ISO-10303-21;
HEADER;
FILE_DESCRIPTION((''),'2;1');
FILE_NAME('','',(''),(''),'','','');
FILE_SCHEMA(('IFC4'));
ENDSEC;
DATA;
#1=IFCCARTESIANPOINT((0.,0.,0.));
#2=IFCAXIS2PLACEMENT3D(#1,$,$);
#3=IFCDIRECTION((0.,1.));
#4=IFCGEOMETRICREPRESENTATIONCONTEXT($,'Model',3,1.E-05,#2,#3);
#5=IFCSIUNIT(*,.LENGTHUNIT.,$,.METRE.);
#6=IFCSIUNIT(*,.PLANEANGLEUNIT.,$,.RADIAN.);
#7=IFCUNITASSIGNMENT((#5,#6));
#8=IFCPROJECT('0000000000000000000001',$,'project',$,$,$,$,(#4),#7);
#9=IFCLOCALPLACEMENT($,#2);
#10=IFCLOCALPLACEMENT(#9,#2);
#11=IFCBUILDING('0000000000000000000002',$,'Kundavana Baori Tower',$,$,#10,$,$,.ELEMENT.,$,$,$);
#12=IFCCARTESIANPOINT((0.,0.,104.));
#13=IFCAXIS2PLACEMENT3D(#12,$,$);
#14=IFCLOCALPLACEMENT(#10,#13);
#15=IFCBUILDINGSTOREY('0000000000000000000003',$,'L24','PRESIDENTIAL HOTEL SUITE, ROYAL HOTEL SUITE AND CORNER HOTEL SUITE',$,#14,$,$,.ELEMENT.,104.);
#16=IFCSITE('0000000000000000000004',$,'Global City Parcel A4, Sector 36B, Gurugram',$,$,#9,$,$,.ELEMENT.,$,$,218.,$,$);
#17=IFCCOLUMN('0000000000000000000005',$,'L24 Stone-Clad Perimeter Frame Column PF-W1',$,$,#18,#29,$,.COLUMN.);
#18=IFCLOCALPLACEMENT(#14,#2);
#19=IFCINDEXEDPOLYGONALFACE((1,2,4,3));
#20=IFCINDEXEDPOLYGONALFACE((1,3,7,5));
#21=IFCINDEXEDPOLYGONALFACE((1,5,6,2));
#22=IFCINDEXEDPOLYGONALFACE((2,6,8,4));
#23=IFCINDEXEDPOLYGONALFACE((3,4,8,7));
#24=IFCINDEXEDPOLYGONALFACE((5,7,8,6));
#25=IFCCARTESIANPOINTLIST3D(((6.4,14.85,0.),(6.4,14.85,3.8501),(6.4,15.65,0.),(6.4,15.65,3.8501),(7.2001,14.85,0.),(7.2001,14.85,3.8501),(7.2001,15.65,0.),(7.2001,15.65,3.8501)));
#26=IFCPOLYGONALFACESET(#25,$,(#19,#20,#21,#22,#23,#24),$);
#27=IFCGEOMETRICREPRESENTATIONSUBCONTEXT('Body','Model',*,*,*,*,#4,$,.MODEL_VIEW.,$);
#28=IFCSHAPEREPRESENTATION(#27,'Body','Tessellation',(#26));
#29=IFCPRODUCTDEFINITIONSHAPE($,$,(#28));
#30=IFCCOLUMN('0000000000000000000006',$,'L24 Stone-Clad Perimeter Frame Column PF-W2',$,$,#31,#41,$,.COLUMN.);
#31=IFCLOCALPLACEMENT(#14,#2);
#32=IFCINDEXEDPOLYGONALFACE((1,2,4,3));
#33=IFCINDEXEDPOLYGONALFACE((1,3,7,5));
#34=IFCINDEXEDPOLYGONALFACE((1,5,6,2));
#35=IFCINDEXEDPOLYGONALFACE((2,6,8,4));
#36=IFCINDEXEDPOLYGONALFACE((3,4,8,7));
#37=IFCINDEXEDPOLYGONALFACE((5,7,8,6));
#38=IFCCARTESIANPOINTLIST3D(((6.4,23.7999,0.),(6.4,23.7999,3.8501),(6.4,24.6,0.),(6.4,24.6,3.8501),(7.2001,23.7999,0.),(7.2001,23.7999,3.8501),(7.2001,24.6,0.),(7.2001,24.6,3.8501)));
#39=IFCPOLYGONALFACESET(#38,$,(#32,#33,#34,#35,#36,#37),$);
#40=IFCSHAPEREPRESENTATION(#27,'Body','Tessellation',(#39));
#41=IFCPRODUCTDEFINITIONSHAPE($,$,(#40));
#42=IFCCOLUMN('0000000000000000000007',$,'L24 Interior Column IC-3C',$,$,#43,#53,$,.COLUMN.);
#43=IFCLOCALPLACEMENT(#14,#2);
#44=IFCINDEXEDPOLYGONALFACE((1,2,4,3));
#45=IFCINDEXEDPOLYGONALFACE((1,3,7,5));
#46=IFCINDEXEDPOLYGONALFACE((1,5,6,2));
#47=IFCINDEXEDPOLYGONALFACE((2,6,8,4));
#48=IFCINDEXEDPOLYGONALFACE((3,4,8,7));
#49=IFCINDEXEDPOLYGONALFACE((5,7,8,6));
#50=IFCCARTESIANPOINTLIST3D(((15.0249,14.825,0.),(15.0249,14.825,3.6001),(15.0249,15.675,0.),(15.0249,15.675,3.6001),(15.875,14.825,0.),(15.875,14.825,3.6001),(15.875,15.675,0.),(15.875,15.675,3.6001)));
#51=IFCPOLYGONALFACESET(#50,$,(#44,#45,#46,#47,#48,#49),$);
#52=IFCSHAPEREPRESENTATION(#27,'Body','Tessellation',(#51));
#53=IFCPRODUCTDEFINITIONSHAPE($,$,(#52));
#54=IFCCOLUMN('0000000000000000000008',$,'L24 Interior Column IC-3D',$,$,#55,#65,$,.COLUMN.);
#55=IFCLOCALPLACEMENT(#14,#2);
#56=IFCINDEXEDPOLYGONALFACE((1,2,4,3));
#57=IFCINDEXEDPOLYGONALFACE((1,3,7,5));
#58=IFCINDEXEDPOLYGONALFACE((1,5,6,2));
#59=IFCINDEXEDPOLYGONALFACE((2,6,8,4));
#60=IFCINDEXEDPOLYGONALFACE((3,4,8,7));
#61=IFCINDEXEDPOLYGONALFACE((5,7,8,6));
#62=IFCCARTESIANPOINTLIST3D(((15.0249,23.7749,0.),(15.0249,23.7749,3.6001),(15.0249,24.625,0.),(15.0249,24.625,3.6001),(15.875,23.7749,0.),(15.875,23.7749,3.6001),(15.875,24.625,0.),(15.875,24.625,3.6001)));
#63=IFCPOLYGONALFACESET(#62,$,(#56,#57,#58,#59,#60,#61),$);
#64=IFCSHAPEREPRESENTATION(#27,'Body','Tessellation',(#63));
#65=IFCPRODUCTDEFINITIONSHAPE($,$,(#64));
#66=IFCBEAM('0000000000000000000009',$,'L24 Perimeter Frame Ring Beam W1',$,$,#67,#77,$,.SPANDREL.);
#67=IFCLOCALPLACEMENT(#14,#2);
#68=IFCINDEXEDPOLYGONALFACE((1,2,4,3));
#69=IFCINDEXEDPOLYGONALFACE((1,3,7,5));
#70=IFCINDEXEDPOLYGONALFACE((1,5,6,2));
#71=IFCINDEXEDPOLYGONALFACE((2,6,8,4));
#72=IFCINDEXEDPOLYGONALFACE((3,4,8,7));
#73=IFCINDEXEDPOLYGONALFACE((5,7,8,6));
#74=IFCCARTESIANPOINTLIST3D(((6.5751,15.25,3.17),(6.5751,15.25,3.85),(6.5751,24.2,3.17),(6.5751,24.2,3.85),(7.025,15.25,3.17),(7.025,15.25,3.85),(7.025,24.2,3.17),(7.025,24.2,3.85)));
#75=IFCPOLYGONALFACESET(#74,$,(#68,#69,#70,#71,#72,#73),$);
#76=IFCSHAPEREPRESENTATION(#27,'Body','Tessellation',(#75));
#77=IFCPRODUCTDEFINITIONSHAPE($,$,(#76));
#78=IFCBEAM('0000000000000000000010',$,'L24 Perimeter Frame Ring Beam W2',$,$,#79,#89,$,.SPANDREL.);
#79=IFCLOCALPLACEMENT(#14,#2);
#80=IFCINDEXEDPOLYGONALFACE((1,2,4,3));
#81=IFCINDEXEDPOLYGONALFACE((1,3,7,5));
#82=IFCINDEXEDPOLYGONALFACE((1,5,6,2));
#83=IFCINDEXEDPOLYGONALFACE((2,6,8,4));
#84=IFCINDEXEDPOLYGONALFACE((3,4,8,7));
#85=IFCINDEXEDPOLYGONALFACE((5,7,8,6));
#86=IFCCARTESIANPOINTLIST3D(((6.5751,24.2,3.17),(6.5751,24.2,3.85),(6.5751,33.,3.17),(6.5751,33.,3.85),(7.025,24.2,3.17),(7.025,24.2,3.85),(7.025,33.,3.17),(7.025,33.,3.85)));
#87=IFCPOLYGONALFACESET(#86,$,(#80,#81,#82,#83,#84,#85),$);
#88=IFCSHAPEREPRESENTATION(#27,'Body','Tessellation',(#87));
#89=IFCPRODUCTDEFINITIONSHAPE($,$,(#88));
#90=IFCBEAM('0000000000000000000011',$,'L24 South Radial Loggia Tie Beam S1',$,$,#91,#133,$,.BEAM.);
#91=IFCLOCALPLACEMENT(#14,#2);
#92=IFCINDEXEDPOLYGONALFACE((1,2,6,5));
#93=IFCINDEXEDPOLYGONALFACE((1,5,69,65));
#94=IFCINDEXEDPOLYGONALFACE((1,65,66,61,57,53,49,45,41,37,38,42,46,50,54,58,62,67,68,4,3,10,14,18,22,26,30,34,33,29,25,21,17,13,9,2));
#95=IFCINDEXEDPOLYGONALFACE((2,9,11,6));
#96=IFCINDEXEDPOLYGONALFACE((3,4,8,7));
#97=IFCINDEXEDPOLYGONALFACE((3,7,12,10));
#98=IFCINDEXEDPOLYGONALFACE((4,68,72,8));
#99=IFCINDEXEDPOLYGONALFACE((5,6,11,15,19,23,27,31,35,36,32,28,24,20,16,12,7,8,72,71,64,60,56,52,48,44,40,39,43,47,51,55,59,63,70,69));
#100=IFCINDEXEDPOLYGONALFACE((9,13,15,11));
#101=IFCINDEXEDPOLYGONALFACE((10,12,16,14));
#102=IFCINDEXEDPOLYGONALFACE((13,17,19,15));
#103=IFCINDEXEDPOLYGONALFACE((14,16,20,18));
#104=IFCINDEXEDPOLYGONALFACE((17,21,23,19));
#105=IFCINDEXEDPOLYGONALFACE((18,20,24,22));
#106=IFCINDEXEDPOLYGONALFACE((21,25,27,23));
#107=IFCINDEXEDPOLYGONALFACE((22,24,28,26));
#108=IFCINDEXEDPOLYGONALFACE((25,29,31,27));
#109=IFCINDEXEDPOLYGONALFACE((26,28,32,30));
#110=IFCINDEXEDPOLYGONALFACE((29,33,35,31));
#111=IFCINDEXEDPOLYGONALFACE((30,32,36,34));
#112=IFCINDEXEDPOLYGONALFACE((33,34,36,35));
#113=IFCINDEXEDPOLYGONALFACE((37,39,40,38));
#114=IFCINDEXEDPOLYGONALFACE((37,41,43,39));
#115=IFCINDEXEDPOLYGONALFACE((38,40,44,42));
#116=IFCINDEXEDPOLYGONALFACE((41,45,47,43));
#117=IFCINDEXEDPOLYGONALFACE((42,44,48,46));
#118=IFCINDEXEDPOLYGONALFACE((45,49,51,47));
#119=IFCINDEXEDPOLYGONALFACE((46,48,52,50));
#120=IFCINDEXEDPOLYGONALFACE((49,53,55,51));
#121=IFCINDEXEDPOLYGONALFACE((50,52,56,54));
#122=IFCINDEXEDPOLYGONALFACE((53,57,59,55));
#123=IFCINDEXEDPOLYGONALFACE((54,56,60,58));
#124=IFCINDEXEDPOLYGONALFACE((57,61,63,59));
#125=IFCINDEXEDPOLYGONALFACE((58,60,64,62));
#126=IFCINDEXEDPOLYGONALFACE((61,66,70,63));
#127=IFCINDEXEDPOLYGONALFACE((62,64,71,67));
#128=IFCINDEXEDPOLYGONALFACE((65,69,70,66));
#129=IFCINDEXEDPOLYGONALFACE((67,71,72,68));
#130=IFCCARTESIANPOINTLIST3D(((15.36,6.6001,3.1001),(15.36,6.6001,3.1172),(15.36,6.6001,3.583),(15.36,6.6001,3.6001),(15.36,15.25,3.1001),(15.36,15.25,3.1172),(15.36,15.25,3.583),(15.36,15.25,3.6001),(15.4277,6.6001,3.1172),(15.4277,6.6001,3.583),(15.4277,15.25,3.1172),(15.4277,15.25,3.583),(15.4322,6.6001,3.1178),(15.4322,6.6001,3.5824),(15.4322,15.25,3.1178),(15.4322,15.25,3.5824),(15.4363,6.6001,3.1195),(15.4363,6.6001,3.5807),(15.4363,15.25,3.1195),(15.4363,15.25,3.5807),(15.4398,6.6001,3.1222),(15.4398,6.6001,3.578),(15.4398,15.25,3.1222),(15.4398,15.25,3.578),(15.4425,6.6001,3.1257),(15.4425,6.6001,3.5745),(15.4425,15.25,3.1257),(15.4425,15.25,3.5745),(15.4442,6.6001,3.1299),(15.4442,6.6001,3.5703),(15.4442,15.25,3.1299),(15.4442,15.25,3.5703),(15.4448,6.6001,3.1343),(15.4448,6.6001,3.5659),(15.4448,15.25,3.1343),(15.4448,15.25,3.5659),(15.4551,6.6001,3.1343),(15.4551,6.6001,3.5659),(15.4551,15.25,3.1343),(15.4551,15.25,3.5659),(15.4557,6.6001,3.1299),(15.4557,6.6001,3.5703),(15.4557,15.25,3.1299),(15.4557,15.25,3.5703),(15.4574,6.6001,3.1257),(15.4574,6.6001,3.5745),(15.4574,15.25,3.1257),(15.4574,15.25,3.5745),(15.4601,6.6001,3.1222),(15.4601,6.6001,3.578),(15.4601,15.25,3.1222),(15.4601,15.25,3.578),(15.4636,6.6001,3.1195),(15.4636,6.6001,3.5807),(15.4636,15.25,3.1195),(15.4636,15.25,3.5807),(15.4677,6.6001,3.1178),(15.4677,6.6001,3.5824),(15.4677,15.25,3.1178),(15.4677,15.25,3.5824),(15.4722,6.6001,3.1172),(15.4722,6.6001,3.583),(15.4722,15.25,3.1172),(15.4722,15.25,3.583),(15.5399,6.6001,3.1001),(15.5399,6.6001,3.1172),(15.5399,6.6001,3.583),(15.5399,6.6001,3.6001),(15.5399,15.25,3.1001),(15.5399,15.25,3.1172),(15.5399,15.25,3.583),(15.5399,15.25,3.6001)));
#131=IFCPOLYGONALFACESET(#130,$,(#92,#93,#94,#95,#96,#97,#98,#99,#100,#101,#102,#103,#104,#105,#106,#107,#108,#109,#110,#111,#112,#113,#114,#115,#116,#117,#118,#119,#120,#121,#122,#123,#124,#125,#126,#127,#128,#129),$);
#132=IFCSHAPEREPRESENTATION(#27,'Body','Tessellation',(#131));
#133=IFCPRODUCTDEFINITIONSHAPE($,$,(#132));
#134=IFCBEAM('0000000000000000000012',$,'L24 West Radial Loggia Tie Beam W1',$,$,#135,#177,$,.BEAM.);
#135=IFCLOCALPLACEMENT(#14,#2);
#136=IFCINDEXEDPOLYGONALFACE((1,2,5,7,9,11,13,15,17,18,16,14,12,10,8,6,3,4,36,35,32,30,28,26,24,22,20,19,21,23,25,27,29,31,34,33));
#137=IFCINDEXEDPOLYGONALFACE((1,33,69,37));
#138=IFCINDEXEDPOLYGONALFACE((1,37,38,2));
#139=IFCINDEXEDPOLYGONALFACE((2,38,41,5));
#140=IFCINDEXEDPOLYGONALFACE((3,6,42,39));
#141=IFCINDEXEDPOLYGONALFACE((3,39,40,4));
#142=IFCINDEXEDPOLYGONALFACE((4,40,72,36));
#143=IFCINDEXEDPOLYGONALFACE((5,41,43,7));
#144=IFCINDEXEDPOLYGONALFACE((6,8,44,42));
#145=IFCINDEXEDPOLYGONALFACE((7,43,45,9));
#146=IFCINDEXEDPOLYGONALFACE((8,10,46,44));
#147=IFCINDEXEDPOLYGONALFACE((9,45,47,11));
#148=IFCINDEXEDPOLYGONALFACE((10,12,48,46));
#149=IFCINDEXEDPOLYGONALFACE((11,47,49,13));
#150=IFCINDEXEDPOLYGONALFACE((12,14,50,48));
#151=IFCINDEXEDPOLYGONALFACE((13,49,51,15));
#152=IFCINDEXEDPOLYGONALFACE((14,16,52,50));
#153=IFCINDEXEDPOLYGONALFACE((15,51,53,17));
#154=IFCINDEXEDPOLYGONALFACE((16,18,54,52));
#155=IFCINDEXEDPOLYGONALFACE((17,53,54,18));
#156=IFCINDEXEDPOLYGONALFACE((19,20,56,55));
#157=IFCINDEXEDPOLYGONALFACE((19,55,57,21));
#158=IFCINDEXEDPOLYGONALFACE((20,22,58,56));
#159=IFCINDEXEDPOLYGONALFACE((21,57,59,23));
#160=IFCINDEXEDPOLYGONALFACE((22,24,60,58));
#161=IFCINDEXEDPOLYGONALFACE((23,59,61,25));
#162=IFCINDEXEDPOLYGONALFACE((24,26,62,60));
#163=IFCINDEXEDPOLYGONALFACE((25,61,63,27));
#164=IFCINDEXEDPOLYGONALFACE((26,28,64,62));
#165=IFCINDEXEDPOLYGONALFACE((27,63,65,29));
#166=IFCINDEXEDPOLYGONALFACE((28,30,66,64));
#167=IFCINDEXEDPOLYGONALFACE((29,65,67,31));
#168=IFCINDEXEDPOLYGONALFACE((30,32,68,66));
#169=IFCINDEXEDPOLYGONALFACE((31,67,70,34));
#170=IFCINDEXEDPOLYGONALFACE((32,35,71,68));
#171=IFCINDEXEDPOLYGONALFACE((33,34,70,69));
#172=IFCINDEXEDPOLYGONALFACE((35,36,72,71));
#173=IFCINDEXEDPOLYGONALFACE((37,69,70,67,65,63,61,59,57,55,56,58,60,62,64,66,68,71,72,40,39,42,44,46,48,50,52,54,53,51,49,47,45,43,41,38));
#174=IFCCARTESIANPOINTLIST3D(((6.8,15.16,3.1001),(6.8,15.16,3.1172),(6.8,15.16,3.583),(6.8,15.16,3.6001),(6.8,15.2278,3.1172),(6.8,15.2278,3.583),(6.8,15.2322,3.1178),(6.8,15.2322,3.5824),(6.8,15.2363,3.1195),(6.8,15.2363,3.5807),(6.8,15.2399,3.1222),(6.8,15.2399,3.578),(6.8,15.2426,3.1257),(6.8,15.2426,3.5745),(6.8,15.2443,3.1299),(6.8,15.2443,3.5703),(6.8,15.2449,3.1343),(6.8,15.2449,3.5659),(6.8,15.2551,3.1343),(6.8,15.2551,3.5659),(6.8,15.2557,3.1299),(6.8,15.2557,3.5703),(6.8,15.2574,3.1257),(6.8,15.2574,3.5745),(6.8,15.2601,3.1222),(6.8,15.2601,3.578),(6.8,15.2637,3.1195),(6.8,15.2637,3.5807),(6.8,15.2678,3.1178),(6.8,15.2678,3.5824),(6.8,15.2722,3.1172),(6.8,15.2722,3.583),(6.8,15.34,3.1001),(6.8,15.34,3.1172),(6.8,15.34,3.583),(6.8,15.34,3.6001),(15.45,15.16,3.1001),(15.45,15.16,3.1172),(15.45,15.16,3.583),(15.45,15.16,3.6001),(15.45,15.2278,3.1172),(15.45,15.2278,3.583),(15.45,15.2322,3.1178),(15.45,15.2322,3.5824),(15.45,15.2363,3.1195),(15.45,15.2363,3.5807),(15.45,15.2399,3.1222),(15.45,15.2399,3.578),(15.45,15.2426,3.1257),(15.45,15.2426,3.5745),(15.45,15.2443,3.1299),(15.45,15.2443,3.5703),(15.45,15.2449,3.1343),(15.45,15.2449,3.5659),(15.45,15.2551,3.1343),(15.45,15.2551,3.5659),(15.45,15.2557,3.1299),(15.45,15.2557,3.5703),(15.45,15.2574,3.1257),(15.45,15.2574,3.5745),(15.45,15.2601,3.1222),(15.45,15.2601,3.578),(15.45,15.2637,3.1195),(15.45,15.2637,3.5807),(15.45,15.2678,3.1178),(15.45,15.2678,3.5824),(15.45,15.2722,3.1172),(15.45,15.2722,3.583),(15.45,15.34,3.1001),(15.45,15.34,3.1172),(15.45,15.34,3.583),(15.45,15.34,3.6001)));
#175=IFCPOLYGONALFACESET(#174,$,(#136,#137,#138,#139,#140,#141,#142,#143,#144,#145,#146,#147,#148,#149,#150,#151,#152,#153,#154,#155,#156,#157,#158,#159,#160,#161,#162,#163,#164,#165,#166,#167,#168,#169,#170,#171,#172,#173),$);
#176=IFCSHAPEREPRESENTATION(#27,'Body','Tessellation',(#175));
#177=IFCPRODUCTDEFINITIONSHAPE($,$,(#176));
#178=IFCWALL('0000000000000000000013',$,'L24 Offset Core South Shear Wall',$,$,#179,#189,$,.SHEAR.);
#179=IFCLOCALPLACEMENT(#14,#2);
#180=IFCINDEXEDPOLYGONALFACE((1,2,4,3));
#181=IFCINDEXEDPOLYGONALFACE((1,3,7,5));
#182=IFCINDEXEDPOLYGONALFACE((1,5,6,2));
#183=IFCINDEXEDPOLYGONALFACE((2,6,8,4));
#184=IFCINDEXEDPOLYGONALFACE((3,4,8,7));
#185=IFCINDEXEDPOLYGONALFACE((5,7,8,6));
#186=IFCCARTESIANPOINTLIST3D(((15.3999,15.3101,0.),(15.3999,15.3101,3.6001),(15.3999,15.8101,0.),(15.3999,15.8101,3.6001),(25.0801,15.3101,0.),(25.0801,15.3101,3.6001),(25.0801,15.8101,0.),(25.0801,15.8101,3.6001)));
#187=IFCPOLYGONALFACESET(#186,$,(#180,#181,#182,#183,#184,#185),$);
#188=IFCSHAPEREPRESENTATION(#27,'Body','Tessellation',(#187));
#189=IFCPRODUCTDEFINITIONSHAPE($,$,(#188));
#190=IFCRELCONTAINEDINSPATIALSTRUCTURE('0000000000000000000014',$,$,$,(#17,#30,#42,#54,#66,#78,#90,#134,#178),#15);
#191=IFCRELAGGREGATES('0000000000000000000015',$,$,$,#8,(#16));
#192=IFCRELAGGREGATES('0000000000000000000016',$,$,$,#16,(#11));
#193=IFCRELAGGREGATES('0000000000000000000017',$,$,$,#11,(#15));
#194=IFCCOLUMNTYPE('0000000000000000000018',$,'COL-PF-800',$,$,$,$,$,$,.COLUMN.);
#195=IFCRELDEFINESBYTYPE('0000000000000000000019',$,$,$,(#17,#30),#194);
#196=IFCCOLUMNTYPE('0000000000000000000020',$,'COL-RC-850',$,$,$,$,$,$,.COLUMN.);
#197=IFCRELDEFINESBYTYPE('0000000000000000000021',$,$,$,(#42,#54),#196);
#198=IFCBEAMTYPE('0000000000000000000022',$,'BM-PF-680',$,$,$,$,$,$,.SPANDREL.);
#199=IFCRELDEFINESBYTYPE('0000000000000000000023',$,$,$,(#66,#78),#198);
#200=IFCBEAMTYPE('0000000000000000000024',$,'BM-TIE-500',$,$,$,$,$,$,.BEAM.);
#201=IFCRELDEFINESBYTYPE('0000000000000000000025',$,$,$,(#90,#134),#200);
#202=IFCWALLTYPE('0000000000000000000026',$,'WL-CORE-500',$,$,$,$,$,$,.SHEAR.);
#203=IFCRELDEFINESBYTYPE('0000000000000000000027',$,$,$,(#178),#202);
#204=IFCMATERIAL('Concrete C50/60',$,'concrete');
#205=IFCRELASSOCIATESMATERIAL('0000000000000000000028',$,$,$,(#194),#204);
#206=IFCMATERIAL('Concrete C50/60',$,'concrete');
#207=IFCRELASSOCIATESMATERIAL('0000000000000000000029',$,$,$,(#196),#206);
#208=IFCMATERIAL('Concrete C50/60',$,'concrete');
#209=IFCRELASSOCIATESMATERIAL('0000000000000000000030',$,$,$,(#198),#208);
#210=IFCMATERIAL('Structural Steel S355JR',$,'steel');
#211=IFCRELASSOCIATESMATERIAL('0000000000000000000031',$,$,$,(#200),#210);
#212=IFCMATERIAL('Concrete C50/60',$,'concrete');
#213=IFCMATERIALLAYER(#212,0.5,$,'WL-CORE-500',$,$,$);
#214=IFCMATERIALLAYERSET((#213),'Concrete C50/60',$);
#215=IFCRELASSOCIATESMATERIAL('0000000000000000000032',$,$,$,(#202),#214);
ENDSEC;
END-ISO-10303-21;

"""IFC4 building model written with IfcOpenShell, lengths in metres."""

from ifc_helpers import new_model, si_unit, direction, frame, frame_2d, origin, origin_2d, place, context, subcontext, project, spatial, rectangle, i_section, extrude, material, layer, layer_set, material_profile, profile_set, type_object, element, save


model = new_model("IFC4")

# Units and contexts
model_context = context("Model", 3, precision=1e-05, world=origin(), true_north=direction((0.0, 1.0)))
body_context = subcontext(model_context, "Body", "Model", "MODEL_VIEW")
ifc_project = project(units=[si_unit("LENGTHUNIT", "METRE"), si_unit("PLANEANGLEUNIT", "RADIAN")], contexts=[model_context])

# Site, building, storey
site_placement = place(None, origin())
site = spatial("IfcSite", under=ifc_project, at=site_placement, Name="Global City Parcel A4, Sector 36B, Gurugram", CompositionType="ELEMENT", RefElevation=218.0)
building_placement = place(site_placement, origin())
building = spatial("IfcBuilding", under=site, at=building_placement, Name="Kundavana Baori Tower", CompositionType="ELEMENT")
storey_placement = place(building_placement, frame((0.0, 0.0, 104.0)))
storey = spatial("IfcBuildingStorey", under=building, at=storey_placement, Name="L24", Description="PRESIDENTIAL HOTEL SUITE, ROYAL HOTEL SUITE AND CORNER HOTEL SUITE", CompositionType="ELEMENT", Elevation=104.0)

# Columns
ifc_material_1 = material(Name="Concrete C50/60", Category="concrete")
ifc_material_profile_1 = material_profile(ifc_material_1, rectangle(XDim=0.8, YDim=0.8, at=origin_2d()), Name="RC PF 800x800")
ifc_profile_set_1 = profile_set([ifc_material_profile_1], Name="Concrete C50/60")
column_type_1 = type_object("IfcColumnType", Name="COL-PF-800", PredefinedType="COLUMN", material=ifc_profile_set_1)
for number, where, z_axis, x_axis, name in (
    (1, (6.8, 15.25, 0.0), (0.0, 0.0, 1.0), (1.0, 0.0, 0.0), "L24 Stone-Clad Perimeter Frame Column PF-W1"),
    (2, (6.8, 24.2, 0.0), (0.0, 0.0, 1.0), (1.0, 0.0, 0.0), "L24 Stone-Clad Perimeter Frame Column PF-W2"),
):
    element("IfcColumn", number, at=place(storey_placement, frame(where, z_axis=z_axis, x_axis=x_axis)), inside=storey, type_object=column_type_1, Name=name, PredefinedType="COLUMN", context=body_context, shape_type="SweptSolid", body=[
        extrude(rectangle(XDim=0.8, YDim=0.8, at=origin_2d()), origin(), (0.0, 0.0, 1.0), 3.8501),
    ])
ifc_material_2 = material(Name="Concrete C50/60", Category="concrete")
ifc_material_profile_2 = material_profile(ifc_material_2, rectangle(XDim=0.8501, YDim=0.8501, at=origin_2d()), Name="RC 850x850")
ifc_profile_set_2 = profile_set([ifc_material_profile_2], Name="Concrete C50/60")
column_type_2 = type_object("IfcColumnType", Name="COL-RC-850", PredefinedType="COLUMN", material=ifc_profile_set_2)
for number, where, z_axis, x_axis, name in (
    (3, (15.45, 15.25, 0.0), (0.0, 0.0, 1.0), (1.0, 0.0, 0.0), "L24 Interior Column IC-3C"),
    (4, (15.45, 24.2, 0.0), (0.0, 0.0, 1.0), (1.0, 0.0, 0.0), "L24 Interior Column IC-3D"),
):
    element("IfcColumn", number, at=place(storey_placement, frame(where, z_axis=z_axis, x_axis=x_axis)), inside=storey, type_object=column_type_2, Name=name, PredefinedType="COLUMN", context=body_context, shape_type="SweptSolid", body=[
        extrude(rectangle(XDim=0.8501, YDim=0.8501, at=origin_2d()), origin(), (0.0, 0.0, 1.0), 3.6001),
    ])

# Beams
ifc_material_3 = material(Name="Concrete C50/60", Category="concrete")
ifc_material_profile_3 = material_profile(ifc_material_3, rectangle(XDim=0.45, YDim=0.6799, at=origin_2d()), Name="RC BM 450x680")
ifc_profile_set_3 = profile_set([ifc_material_profile_3], Name="Concrete C50/60")
beam_type_1 = type_object("IfcBeamType", Name="BM-PF-680", PredefinedType="SPANDREL", material=ifc_profile_set_3)
beam_1_placement = place(storey_placement, frame((6.8, 15.25, 3.51), z_axis=(0.0, 1.0, 0.0), x_axis=(-1.0, 0.0, 0.0)))
element("IfcBeam", 5, at=beam_1_placement, inside=storey, type_object=beam_type_1, Name="L24 Perimeter Frame Ring Beam W1", PredefinedType="SPANDREL", context=body_context, shape_type="SweptSolid", body=[
    extrude(rectangle(XDim=0.45, YDim=0.6799, at=origin_2d()), origin(), (0.0, 0.0, 1.0), 8.95),
])
beam_2_placement = place(storey_placement, frame((6.8, 24.2, 3.51), z_axis=(0.0, 1.0, 0.0), x_axis=(-1.0, 0.0, 0.0)))
element("IfcBeam", 6, at=beam_2_placement, inside=storey, type_object=beam_type_1, Name="L24 Perimeter Frame Ring Beam W2", PredefinedType="SPANDREL", context=body_context, shape_type="SweptSolid", body=[
    extrude(rectangle(XDim=0.45, YDim=0.6799, at=origin_2d()), origin(), (0.0, 0.0, 1.0), 8.8),
])
ifc_material_4 = material(Name="Structural Steel S355JR", Category="steel")
ifc_material_profile_4 = material_profile(ifc_material_4, i_section(OverallWidth=0.1799, OverallDepth=0.5, WebThickness=0.0103, FlangeThickness=0.0171, FilletRadius=0.0171, at=origin_2d()), Name="ISMB 500")
ifc_profile_set_4 = profile_set([ifc_material_profile_4], Name="Structural Steel S355JR")
beam_type_2 = type_object("IfcBeamType", Name="BM-TIE-500", PredefinedType="BEAM", material=ifc_profile_set_4)
for number, where, z_axis, x_axis, name in (
    (7, (15.45, 15.25, 3.3501), (0.0, -1.0, 0.0), (1.0, 0.0, 0.0), "L24 South Radial Loggia Tie Beam S1"),
    (8, (15.45, 15.25, 3.3501), (-1.0, 0.0, 0.0), (0.0, -1.0, 0.0), "L24 West Radial Loggia Tie Beam W1"),
):
    element("IfcBeam", number, at=place(storey_placement, frame(where, z_axis=z_axis, x_axis=x_axis)), inside=storey, type_object=beam_type_2, Name=name, PredefinedType="BEAM", context=body_context, shape_type="SweptSolid", body=[
        extrude(i_section(OverallWidth=0.1799, OverallDepth=0.5, WebThickness=0.0103, FlangeThickness=0.0171, FilletRadius=0.0171, at=origin_2d()), origin(), (0.0, 0.0, 1.0), 8.6499),
    ])

# Wall
ifc_material_5 = material(Name="Concrete C50/60", Category="concrete")
ifc_layer_1 = layer(ifc_material_5, 0.5, Name="WL-CORE-500")
ifc_layer_set_1 = layer_set([ifc_layer_1], Name="Concrete C50/60")
wall_type_1 = type_object("IfcWallType", Name="WL-CORE-500", PredefinedType="SHEAR", material=ifc_layer_set_1)
wall_1_placement = place(storey_placement, frame((15.3999, 15.5601, 0.0), z_axis=(0.0, 0.0, 1.0), x_axis=(1.0, 0.0, 0.0)))
element("IfcWall", 9, at=wall_1_placement, inside=storey, type_object=wall_type_1, Name="L24 Offset Core South Shear Wall", PredefinedType="SHEAR", context=body_context, shape_type="SweptSolid", body=[
    extrude(rectangle(XDim=9.6802, YDim=0.5, at=frame_2d((4.8401, 0.0))), origin(), (0.0, 0.0, 1.0), 3.6001),
])

save(model, "model.ifc")
